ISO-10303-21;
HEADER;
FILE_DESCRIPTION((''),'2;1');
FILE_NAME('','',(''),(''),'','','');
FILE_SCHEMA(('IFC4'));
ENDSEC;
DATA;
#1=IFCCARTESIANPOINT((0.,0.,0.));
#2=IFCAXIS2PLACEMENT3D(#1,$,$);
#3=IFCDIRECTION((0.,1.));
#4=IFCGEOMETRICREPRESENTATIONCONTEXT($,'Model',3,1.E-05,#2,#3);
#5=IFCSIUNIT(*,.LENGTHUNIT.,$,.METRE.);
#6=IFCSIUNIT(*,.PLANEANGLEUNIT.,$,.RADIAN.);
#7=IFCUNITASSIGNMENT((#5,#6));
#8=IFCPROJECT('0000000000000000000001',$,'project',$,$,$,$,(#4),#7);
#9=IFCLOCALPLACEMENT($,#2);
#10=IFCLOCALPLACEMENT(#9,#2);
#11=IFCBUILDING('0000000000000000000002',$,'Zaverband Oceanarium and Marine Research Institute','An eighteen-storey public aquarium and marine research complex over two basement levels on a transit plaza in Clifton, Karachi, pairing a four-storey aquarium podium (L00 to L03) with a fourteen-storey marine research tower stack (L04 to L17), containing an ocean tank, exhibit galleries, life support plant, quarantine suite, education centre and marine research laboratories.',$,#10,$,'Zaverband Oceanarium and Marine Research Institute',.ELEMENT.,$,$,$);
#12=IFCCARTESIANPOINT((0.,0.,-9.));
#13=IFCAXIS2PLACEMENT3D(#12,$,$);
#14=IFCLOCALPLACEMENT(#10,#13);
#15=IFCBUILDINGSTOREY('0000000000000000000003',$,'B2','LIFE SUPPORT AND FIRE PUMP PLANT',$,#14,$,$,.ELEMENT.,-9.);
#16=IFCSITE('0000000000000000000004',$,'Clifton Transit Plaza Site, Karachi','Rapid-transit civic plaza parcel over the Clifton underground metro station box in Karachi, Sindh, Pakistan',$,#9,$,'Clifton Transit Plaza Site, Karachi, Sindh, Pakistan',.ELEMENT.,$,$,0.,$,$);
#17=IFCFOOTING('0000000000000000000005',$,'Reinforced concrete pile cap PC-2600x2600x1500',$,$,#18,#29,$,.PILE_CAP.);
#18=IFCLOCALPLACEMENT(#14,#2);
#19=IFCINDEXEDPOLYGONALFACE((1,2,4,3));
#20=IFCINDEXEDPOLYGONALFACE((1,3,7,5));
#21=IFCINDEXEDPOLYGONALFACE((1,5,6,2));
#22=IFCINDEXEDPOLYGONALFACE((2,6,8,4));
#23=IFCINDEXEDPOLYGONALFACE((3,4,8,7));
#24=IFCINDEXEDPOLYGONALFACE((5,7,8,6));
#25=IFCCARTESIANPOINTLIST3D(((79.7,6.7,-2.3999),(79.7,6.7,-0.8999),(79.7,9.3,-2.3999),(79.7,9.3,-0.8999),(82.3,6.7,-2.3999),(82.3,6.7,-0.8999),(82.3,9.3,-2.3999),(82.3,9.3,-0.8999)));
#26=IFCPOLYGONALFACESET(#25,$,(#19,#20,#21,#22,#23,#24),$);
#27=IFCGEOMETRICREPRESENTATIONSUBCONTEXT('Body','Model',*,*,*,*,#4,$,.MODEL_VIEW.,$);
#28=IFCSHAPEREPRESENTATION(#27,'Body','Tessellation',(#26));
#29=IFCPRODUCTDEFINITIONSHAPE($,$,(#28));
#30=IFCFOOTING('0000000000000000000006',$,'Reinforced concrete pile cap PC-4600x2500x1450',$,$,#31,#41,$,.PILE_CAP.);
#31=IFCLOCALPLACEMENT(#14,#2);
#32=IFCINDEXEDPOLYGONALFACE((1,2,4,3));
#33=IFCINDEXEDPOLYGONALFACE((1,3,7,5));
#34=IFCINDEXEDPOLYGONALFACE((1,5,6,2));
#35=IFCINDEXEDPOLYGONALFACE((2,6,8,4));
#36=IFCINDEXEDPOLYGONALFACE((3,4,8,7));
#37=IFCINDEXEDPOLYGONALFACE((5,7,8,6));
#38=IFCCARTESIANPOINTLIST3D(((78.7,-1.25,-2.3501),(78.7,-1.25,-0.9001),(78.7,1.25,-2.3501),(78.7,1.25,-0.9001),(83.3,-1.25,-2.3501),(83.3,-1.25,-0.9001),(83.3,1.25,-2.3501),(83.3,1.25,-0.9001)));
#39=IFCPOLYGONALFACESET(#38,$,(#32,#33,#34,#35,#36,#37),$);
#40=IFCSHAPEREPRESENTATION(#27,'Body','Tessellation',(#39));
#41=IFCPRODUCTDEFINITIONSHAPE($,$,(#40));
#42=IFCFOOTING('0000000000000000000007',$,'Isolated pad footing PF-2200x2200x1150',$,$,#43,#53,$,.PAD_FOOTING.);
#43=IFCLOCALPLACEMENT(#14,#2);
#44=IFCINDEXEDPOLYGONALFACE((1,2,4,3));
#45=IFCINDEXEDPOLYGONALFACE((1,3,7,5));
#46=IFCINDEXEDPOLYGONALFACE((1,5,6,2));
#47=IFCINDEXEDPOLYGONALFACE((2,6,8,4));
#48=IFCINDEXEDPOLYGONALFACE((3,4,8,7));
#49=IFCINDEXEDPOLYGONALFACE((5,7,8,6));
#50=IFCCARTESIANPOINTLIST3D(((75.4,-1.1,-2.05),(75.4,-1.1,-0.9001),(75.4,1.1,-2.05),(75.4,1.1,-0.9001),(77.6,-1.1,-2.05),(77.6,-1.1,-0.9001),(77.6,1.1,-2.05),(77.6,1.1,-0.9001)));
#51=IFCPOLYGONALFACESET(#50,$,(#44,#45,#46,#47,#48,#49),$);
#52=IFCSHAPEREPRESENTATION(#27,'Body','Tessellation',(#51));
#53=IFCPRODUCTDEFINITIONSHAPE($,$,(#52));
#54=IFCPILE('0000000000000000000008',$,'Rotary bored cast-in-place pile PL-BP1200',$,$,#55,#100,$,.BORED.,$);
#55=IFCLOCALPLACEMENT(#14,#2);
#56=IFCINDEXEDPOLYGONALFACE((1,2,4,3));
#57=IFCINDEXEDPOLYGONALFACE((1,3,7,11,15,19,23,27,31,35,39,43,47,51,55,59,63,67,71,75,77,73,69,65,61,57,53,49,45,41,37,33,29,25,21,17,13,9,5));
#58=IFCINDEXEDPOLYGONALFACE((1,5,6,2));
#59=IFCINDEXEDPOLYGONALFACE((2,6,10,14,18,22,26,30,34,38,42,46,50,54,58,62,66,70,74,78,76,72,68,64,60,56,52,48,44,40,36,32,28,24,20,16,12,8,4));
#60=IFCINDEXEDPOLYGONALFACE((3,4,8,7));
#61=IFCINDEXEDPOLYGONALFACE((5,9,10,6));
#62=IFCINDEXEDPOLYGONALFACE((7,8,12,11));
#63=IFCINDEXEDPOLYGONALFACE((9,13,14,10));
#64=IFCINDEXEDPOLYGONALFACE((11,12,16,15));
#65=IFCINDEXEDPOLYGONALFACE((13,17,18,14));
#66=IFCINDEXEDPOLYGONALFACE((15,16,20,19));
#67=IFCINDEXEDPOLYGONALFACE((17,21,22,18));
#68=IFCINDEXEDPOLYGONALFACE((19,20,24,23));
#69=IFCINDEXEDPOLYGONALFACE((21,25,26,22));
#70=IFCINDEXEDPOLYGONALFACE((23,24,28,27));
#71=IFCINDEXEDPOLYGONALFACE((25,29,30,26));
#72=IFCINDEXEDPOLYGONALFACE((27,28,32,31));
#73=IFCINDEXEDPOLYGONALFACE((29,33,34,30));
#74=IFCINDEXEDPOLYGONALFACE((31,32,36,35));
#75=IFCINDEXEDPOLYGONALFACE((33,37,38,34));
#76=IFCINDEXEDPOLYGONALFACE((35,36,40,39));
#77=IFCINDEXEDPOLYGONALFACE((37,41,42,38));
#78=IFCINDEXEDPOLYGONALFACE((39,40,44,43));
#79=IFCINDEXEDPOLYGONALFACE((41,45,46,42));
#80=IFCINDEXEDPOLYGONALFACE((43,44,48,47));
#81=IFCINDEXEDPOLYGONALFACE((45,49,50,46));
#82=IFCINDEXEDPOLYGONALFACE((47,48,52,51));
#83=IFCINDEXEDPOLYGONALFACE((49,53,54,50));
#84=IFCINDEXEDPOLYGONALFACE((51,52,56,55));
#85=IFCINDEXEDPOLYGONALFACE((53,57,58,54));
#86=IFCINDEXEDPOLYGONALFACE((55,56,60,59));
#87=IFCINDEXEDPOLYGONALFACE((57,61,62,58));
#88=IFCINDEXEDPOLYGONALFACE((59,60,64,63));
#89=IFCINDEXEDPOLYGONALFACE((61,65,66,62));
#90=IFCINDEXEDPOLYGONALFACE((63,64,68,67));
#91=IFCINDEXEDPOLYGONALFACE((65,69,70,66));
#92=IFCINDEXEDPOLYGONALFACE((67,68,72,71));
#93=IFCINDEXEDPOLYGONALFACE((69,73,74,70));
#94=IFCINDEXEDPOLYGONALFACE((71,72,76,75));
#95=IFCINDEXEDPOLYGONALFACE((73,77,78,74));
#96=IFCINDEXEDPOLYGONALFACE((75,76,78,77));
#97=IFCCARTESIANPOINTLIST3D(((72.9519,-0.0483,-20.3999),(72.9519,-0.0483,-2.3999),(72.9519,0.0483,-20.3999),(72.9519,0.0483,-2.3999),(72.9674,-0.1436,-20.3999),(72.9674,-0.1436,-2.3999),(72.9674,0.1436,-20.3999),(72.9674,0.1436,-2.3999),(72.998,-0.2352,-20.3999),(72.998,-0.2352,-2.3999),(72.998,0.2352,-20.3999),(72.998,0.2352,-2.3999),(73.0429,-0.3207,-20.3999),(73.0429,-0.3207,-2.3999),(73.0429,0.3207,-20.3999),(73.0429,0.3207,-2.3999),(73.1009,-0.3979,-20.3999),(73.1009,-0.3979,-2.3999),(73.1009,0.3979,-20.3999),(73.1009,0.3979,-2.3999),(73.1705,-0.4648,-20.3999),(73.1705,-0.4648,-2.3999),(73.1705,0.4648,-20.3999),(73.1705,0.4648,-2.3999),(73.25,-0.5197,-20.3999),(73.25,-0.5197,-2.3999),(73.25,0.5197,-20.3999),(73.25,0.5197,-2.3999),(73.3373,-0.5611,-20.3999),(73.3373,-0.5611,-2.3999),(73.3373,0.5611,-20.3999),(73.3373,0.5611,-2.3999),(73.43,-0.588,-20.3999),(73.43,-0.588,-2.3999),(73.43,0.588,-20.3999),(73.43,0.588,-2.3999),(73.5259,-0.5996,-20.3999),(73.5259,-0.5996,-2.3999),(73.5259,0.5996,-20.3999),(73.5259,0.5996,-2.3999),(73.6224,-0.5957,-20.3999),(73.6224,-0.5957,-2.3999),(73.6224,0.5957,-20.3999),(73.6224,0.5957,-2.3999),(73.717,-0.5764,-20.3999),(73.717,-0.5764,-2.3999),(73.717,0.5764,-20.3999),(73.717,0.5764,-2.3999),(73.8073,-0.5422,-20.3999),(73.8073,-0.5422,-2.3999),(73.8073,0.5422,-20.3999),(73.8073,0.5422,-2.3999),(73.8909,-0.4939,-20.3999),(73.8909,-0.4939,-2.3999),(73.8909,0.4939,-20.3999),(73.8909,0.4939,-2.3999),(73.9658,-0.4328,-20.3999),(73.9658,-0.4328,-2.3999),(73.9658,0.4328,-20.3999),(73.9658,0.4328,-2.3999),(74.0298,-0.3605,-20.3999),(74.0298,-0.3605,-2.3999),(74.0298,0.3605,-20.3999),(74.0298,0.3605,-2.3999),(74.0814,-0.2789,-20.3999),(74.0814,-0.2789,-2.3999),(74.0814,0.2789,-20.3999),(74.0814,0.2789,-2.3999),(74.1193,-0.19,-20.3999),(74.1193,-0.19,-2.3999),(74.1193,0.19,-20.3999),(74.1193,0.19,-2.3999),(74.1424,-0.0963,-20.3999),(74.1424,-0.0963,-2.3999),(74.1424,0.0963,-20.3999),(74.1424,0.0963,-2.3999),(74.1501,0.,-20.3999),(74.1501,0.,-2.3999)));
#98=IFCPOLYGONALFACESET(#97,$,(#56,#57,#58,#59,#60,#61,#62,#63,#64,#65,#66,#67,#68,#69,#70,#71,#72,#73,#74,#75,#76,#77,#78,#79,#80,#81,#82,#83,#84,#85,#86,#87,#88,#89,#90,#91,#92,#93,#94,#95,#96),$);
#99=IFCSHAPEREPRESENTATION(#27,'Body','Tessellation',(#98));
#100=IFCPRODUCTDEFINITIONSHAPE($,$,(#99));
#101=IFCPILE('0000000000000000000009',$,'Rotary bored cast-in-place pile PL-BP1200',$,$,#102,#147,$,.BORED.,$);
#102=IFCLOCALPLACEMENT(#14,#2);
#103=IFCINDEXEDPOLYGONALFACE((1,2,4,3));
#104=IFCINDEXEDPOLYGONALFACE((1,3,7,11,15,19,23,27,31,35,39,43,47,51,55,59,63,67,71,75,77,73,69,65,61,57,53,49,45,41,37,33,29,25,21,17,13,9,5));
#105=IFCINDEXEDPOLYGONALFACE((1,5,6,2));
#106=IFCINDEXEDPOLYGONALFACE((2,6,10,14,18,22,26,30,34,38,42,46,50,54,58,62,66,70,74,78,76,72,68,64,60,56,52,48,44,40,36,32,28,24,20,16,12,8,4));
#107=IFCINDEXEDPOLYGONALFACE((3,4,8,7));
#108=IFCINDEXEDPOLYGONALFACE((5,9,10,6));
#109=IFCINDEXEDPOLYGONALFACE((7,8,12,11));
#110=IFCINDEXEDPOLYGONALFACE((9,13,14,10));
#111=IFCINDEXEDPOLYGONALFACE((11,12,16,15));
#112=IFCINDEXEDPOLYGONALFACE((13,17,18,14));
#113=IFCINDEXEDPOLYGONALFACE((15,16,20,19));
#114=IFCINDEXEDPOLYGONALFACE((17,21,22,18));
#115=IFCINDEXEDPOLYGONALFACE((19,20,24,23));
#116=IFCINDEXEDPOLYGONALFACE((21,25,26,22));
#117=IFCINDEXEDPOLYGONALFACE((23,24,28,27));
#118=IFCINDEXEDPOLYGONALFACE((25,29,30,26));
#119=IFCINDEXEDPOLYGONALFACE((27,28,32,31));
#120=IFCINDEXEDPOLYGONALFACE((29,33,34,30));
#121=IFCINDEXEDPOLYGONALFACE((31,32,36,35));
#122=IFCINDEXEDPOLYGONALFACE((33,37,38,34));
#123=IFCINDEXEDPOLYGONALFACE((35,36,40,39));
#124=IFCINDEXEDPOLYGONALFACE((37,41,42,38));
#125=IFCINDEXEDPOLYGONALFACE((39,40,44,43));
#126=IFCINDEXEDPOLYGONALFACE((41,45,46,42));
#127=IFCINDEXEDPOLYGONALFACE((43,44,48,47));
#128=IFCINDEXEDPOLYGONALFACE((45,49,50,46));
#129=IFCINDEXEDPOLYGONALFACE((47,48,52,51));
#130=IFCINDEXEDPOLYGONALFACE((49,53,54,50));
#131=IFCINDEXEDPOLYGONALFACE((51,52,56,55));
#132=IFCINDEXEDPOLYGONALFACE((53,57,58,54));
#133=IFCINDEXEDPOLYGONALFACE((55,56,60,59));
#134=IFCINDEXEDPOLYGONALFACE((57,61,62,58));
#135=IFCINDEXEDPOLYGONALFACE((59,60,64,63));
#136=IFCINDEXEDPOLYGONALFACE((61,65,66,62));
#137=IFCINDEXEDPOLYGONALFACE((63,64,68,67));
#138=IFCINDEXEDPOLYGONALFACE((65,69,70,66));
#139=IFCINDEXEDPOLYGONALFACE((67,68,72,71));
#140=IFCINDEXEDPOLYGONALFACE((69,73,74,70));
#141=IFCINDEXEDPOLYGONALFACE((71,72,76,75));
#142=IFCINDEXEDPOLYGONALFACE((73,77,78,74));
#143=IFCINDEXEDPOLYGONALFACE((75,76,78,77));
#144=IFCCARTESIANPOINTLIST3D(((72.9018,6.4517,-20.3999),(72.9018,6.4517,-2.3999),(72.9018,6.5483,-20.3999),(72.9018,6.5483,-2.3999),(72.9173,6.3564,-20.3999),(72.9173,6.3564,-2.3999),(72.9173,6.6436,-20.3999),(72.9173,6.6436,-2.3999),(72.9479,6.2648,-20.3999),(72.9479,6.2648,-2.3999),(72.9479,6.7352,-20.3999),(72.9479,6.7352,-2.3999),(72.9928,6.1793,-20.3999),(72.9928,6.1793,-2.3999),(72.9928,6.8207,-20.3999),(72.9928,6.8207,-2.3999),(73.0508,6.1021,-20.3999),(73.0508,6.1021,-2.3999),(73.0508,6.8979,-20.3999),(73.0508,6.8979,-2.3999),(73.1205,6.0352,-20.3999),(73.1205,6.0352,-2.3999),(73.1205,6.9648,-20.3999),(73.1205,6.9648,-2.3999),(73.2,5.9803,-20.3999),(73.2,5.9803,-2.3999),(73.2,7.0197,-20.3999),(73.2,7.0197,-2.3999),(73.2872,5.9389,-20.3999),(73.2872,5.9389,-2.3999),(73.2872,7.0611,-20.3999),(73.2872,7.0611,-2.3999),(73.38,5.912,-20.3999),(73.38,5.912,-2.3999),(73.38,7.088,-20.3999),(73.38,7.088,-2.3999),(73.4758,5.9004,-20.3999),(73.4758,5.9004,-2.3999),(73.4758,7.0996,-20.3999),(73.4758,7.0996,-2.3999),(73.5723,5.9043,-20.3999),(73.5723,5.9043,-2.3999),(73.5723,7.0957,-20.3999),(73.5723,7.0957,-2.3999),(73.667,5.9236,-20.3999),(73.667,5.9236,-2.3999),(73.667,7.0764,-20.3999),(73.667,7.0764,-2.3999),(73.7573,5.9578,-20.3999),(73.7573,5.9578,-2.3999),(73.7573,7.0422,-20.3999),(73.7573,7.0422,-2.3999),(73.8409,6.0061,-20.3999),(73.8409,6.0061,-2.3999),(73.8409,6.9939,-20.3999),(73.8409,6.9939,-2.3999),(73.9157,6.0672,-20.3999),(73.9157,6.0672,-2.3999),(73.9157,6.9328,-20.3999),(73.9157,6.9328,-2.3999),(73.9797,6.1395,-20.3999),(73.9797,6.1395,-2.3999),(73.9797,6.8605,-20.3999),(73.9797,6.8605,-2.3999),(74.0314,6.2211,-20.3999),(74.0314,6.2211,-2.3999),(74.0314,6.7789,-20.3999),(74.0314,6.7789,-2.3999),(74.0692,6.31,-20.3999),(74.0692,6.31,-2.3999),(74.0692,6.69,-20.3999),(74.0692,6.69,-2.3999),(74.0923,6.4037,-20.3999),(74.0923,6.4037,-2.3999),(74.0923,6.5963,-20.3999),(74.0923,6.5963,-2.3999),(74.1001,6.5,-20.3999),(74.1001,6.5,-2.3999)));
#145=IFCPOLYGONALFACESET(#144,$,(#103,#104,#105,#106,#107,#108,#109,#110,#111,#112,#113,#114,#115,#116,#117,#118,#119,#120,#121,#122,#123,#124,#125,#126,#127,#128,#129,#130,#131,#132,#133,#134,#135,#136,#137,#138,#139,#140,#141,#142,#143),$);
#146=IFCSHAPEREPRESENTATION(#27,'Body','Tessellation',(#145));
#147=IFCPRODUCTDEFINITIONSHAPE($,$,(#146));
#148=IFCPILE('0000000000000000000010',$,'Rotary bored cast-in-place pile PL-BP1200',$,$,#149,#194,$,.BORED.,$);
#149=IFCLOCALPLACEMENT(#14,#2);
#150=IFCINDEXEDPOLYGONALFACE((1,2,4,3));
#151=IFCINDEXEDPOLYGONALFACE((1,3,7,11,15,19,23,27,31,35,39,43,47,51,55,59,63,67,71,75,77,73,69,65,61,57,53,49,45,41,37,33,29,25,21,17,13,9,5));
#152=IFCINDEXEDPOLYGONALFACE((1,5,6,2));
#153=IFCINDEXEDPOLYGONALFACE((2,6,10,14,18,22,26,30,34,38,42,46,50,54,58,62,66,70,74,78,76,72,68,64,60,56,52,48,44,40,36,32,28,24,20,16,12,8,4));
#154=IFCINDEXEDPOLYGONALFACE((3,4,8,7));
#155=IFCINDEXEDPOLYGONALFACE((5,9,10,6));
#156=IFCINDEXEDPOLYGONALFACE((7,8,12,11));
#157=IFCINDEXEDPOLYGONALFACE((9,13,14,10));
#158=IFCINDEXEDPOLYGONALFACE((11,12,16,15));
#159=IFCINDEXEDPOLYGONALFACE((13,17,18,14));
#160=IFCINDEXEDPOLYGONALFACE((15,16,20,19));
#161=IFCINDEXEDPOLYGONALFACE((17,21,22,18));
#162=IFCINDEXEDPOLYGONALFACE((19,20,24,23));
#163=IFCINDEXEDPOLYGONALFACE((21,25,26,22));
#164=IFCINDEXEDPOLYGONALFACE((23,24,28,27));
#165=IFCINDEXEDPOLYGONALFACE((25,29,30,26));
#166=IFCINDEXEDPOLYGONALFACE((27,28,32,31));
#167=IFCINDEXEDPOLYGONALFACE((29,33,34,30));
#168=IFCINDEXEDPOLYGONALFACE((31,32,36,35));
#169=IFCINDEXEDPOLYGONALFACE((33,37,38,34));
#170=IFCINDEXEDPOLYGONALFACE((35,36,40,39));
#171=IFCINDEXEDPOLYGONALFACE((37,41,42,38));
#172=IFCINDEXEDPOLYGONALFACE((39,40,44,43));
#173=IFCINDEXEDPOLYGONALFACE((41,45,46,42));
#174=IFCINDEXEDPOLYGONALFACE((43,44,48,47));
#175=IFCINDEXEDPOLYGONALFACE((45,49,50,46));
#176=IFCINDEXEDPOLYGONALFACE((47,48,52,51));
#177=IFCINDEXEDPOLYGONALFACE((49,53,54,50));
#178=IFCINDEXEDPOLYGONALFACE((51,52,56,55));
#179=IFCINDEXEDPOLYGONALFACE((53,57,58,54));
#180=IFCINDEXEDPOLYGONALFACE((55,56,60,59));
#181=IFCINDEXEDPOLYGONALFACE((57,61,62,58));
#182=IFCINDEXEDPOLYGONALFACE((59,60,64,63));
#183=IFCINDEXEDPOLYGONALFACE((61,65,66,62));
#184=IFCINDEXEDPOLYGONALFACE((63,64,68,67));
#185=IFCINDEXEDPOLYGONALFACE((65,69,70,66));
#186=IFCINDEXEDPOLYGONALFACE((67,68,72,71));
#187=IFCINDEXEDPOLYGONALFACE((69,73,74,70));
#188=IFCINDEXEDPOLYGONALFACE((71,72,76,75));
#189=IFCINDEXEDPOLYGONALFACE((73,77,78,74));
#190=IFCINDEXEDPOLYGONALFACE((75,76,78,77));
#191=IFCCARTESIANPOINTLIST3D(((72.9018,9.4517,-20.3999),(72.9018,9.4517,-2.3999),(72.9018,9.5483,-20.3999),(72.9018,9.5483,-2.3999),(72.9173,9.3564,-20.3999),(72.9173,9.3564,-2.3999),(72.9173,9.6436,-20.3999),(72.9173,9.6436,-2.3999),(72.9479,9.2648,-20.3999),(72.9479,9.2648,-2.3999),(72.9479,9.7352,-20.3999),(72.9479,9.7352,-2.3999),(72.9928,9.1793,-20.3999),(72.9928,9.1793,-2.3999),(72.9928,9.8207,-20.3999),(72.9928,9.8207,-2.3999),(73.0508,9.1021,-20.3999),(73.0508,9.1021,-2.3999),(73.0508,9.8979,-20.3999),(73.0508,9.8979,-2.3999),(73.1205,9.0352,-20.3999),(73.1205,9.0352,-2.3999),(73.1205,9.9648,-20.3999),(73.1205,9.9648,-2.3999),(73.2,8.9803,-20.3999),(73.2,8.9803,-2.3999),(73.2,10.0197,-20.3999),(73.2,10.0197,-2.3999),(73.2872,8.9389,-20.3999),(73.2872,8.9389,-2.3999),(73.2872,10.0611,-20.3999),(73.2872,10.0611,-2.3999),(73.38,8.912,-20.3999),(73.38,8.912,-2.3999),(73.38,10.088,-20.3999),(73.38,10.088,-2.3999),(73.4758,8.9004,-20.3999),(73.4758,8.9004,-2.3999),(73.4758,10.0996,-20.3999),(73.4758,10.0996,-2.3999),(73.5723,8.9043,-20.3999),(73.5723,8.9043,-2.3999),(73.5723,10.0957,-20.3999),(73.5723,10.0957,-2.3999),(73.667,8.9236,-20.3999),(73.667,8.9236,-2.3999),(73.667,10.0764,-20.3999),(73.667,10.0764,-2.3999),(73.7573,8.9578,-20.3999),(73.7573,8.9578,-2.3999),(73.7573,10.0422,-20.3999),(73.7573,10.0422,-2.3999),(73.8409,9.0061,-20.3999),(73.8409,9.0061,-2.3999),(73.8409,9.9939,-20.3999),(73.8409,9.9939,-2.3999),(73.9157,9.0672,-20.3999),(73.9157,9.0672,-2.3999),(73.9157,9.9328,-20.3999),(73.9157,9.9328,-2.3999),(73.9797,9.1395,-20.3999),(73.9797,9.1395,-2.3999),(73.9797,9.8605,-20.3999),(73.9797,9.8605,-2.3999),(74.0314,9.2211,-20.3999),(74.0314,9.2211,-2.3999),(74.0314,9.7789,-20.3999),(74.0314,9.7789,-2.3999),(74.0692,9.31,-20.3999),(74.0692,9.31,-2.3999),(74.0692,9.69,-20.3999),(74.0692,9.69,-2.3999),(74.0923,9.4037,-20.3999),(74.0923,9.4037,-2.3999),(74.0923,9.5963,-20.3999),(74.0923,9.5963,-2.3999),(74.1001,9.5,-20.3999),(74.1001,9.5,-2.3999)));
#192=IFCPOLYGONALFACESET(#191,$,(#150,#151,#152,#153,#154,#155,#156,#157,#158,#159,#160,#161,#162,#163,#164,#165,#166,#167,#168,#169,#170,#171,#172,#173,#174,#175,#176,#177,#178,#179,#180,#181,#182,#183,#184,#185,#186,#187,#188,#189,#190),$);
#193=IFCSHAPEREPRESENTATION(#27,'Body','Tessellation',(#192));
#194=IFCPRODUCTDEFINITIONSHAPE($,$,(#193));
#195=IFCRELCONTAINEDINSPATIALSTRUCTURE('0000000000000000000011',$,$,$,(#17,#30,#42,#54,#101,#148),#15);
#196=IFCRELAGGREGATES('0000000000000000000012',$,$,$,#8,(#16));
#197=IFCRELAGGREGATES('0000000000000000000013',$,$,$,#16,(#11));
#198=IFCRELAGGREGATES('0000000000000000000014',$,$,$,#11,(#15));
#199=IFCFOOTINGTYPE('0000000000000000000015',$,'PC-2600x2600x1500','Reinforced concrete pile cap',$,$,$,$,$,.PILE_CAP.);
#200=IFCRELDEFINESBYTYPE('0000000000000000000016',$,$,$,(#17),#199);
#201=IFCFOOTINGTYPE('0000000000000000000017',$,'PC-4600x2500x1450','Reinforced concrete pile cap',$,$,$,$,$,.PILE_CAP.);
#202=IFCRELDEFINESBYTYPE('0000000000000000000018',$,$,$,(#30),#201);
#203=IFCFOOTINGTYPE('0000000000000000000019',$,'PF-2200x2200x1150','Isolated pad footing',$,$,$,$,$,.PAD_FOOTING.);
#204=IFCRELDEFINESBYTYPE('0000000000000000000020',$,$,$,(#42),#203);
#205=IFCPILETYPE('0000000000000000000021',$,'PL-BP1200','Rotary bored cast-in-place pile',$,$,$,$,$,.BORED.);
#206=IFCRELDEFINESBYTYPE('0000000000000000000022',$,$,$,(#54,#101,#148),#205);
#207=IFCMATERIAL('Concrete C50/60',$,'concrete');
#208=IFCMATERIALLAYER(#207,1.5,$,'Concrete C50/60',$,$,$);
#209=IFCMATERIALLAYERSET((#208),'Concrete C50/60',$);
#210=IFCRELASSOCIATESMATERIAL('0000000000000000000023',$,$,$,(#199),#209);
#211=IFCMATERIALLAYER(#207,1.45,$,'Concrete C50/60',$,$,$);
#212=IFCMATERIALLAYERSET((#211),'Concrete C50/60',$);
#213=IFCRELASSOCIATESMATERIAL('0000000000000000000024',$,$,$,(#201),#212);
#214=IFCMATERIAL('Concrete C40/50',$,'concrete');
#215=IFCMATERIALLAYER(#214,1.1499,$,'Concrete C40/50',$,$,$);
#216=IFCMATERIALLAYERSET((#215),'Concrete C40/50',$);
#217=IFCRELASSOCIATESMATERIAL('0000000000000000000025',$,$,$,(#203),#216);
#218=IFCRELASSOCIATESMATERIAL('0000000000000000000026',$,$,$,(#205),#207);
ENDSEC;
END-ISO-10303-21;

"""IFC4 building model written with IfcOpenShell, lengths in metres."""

from ifc_helpers import new_model, si_unit, direction, frame, origin, origin_2d, place, context, subcontext, project, spatial, rectangle, circle, extrude, material, layer, layer_set, material_profile, profile_set, type_object, element, save


model = new_model("IFC4")

# Units and contexts
model_context = context("Model", 3, precision=1e-05, world=origin(), true_north=direction((0.0, 1.0)))
body_context = subcontext(model_context, "Body", "Model", "MODEL_VIEW")
ifc_project = project(units=[si_unit("LENGTHUNIT", "METRE"), si_unit("PLANEANGLEUNIT", "RADIAN")], contexts=[model_context])

# Site, building, storey
site_placement = place(None, origin())
site = spatial("IfcSite", under=ifc_project, at=site_placement, Name="Clifton Transit Plaza Site, Karachi", Description="Rapid-transit civic plaza parcel over the Clifton underground metro station box in Karachi, Sindh, Pakistan", LongName="Clifton Transit Plaza Site, Karachi, Sindh, Pakistan", CompositionType="ELEMENT", RefElevation=0.0)
building_placement = place(site_placement, origin())
building = spatial("IfcBuilding", under=site, at=building_placement, Name="Zaverband Oceanarium and Marine Research Institute", Description="An eighteen-storey public aquarium and marine research complex over two basement levels on a transit plaza in Clifton, Karachi, pairing a four-storey aquarium podium (L00 to L03) with a fourteen-storey marine research tower stack (L04 to L17), containing an ocean tank, exhibit galleries, life support plant, quarantine suite, education centre and marine research laboratories.", LongName="Zaverband Oceanarium and Marine Research Institute", CompositionType="ELEMENT")
storey_placement = place(building_placement, frame((0.0, 0.0, -9.0)))
storey = spatial("IfcBuildingStorey", under=building, at=storey_placement, Name="B2", Description="LIFE SUPPORT AND FIRE PUMP PLANT", CompositionType="ELEMENT", Elevation=-9.0)

# Footings
ifc_material_1 = material(Name="Concrete C50/60", Category="concrete")
ifc_layer_1 = layer(ifc_material_1, 1.5, Name="Concrete C50/60")
ifc_layer_set_1 = layer_set([ifc_layer_1], Name="Concrete C50/60")
footing_type_1 = type_object("IfcFootingType", Name="PC-2600x2600x1500", Description="Reinforced concrete pile cap", PredefinedType="PILE_CAP", material=ifc_layer_set_1)
footing_1_placement = place(storey_placement, frame((81.0, 8.0, -2.3999), z_axis=(0.0, 0.0, 1.0), x_axis=(1.0, 0.0, 0.0)))
element("IfcFooting", 1, at=footing_1_placement, inside=storey, type_object=footing_type_1, Name="Reinforced concrete pile cap PC-2600x2600x1500", PredefinedType="PILE_CAP", context=body_context, shape_type="SweptSolid", body=[
    extrude(rectangle(XDim=2.6001, YDim=2.6001, at=origin_2d()), origin(), (0.0, 0.0, 1.0), 1.5),
])
ifc_layer_2 = layer(ifc_material_1, 1.45, Name="Concrete C50/60")
ifc_layer_set_2 = layer_set([ifc_layer_2], Name="Concrete C50/60")
footing_type_2 = type_object("IfcFootingType", Name="PC-4600x2500x1450", Description="Reinforced concrete pile cap", PredefinedType="PILE_CAP", material=ifc_layer_set_2)
footing_2_placement = place(storey_placement, frame((81.0, 0.0, -2.3501), z_axis=(0.0, 0.0, 1.0), x_axis=(1.0, 0.0, 0.0)))
element("IfcFooting", 2, at=footing_2_placement, inside=storey, type_object=footing_type_2, Name="Reinforced concrete pile cap PC-4600x2500x1450", PredefinedType="PILE_CAP", context=body_context, shape_type="SweptSolid", body=[
    extrude(rectangle(XDim=4.6001, YDim=2.5, at=origin_2d()), origin(), (0.0, 0.0, 1.0), 1.45),
])
ifc_material_2 = material(Name="Concrete C40/50", Category="concrete")
ifc_layer_3 = layer(ifc_material_2, 1.1499, Name="Concrete C40/50")
ifc_layer_set_3 = layer_set([ifc_layer_3], Name="Concrete C40/50")
footing_type_3 = type_object("IfcFootingType", Name="PF-2200x2200x1150", Description="Isolated pad footing", PredefinedType="PAD_FOOTING", material=ifc_layer_set_3)
footing_3_placement = place(storey_placement, frame((76.5, 0.0, -2.05), z_axis=(0.0, 0.0, 1.0), x_axis=(1.0, 0.0, 0.0)))
element("IfcFooting", 3, at=footing_3_placement, inside=storey, type_object=footing_type_3, Name="Isolated pad footing PF-2200x2200x1150", PredefinedType="PAD_FOOTING", context=body_context, shape_type="SweptSolid", body=[
    extrude(rectangle(XDim=2.2, YDim=2.2, at=origin_2d()), origin(), (0.0, 0.0, 1.0), 1.1499),
])

# Piles
ifc_material_profile_1 = material_profile(ifc_material_1, circle(Radius=0.6001, at=origin_2d()), Name="BP1200")
ifc_profile_set_1 = profile_set([ifc_material_profile_1], Name="Concrete C50/60")
pile_type = type_object("IfcPileType", Name="PL-BP1200", Description="Rotary bored cast-in-place pile", PredefinedType="BORED", material=ifc_profile_set_1)
for number, where, z_axis, x_axis, name in (
    (4, (73.55, 0.0, -2.3999), (0.0, 0.0, -1.0), (1.0, 0.0, 0.0), "Rotary bored cast-in-place pile PL-BP1200"),
    (5, (73.5, 6.5, -2.3999), (0.0, 0.0, -1.0), (1.0, 0.0, 0.0), "Rotary bored cast-in-place pile PL-BP1200"),
    (6, (73.5, 9.5, -2.3999), (0.0, 0.0, -1.0), (1.0, 0.0, 0.0), "Rotary bored cast-in-place pile PL-BP1200"),
):
    element("IfcPile", number, at=place(storey_placement, frame(where, z_axis=z_axis, x_axis=x_axis)), inside=storey, type_object=pile_type, Name=name, PredefinedType="BORED", context=body_context, shape_type="SweptSolid", body=[
        extrude(circle(Radius=0.6001, at=origin_2d()), origin(), (0.0, 0.0, 1.0), 18.0),
    ])

save(model, "model.ifc")
